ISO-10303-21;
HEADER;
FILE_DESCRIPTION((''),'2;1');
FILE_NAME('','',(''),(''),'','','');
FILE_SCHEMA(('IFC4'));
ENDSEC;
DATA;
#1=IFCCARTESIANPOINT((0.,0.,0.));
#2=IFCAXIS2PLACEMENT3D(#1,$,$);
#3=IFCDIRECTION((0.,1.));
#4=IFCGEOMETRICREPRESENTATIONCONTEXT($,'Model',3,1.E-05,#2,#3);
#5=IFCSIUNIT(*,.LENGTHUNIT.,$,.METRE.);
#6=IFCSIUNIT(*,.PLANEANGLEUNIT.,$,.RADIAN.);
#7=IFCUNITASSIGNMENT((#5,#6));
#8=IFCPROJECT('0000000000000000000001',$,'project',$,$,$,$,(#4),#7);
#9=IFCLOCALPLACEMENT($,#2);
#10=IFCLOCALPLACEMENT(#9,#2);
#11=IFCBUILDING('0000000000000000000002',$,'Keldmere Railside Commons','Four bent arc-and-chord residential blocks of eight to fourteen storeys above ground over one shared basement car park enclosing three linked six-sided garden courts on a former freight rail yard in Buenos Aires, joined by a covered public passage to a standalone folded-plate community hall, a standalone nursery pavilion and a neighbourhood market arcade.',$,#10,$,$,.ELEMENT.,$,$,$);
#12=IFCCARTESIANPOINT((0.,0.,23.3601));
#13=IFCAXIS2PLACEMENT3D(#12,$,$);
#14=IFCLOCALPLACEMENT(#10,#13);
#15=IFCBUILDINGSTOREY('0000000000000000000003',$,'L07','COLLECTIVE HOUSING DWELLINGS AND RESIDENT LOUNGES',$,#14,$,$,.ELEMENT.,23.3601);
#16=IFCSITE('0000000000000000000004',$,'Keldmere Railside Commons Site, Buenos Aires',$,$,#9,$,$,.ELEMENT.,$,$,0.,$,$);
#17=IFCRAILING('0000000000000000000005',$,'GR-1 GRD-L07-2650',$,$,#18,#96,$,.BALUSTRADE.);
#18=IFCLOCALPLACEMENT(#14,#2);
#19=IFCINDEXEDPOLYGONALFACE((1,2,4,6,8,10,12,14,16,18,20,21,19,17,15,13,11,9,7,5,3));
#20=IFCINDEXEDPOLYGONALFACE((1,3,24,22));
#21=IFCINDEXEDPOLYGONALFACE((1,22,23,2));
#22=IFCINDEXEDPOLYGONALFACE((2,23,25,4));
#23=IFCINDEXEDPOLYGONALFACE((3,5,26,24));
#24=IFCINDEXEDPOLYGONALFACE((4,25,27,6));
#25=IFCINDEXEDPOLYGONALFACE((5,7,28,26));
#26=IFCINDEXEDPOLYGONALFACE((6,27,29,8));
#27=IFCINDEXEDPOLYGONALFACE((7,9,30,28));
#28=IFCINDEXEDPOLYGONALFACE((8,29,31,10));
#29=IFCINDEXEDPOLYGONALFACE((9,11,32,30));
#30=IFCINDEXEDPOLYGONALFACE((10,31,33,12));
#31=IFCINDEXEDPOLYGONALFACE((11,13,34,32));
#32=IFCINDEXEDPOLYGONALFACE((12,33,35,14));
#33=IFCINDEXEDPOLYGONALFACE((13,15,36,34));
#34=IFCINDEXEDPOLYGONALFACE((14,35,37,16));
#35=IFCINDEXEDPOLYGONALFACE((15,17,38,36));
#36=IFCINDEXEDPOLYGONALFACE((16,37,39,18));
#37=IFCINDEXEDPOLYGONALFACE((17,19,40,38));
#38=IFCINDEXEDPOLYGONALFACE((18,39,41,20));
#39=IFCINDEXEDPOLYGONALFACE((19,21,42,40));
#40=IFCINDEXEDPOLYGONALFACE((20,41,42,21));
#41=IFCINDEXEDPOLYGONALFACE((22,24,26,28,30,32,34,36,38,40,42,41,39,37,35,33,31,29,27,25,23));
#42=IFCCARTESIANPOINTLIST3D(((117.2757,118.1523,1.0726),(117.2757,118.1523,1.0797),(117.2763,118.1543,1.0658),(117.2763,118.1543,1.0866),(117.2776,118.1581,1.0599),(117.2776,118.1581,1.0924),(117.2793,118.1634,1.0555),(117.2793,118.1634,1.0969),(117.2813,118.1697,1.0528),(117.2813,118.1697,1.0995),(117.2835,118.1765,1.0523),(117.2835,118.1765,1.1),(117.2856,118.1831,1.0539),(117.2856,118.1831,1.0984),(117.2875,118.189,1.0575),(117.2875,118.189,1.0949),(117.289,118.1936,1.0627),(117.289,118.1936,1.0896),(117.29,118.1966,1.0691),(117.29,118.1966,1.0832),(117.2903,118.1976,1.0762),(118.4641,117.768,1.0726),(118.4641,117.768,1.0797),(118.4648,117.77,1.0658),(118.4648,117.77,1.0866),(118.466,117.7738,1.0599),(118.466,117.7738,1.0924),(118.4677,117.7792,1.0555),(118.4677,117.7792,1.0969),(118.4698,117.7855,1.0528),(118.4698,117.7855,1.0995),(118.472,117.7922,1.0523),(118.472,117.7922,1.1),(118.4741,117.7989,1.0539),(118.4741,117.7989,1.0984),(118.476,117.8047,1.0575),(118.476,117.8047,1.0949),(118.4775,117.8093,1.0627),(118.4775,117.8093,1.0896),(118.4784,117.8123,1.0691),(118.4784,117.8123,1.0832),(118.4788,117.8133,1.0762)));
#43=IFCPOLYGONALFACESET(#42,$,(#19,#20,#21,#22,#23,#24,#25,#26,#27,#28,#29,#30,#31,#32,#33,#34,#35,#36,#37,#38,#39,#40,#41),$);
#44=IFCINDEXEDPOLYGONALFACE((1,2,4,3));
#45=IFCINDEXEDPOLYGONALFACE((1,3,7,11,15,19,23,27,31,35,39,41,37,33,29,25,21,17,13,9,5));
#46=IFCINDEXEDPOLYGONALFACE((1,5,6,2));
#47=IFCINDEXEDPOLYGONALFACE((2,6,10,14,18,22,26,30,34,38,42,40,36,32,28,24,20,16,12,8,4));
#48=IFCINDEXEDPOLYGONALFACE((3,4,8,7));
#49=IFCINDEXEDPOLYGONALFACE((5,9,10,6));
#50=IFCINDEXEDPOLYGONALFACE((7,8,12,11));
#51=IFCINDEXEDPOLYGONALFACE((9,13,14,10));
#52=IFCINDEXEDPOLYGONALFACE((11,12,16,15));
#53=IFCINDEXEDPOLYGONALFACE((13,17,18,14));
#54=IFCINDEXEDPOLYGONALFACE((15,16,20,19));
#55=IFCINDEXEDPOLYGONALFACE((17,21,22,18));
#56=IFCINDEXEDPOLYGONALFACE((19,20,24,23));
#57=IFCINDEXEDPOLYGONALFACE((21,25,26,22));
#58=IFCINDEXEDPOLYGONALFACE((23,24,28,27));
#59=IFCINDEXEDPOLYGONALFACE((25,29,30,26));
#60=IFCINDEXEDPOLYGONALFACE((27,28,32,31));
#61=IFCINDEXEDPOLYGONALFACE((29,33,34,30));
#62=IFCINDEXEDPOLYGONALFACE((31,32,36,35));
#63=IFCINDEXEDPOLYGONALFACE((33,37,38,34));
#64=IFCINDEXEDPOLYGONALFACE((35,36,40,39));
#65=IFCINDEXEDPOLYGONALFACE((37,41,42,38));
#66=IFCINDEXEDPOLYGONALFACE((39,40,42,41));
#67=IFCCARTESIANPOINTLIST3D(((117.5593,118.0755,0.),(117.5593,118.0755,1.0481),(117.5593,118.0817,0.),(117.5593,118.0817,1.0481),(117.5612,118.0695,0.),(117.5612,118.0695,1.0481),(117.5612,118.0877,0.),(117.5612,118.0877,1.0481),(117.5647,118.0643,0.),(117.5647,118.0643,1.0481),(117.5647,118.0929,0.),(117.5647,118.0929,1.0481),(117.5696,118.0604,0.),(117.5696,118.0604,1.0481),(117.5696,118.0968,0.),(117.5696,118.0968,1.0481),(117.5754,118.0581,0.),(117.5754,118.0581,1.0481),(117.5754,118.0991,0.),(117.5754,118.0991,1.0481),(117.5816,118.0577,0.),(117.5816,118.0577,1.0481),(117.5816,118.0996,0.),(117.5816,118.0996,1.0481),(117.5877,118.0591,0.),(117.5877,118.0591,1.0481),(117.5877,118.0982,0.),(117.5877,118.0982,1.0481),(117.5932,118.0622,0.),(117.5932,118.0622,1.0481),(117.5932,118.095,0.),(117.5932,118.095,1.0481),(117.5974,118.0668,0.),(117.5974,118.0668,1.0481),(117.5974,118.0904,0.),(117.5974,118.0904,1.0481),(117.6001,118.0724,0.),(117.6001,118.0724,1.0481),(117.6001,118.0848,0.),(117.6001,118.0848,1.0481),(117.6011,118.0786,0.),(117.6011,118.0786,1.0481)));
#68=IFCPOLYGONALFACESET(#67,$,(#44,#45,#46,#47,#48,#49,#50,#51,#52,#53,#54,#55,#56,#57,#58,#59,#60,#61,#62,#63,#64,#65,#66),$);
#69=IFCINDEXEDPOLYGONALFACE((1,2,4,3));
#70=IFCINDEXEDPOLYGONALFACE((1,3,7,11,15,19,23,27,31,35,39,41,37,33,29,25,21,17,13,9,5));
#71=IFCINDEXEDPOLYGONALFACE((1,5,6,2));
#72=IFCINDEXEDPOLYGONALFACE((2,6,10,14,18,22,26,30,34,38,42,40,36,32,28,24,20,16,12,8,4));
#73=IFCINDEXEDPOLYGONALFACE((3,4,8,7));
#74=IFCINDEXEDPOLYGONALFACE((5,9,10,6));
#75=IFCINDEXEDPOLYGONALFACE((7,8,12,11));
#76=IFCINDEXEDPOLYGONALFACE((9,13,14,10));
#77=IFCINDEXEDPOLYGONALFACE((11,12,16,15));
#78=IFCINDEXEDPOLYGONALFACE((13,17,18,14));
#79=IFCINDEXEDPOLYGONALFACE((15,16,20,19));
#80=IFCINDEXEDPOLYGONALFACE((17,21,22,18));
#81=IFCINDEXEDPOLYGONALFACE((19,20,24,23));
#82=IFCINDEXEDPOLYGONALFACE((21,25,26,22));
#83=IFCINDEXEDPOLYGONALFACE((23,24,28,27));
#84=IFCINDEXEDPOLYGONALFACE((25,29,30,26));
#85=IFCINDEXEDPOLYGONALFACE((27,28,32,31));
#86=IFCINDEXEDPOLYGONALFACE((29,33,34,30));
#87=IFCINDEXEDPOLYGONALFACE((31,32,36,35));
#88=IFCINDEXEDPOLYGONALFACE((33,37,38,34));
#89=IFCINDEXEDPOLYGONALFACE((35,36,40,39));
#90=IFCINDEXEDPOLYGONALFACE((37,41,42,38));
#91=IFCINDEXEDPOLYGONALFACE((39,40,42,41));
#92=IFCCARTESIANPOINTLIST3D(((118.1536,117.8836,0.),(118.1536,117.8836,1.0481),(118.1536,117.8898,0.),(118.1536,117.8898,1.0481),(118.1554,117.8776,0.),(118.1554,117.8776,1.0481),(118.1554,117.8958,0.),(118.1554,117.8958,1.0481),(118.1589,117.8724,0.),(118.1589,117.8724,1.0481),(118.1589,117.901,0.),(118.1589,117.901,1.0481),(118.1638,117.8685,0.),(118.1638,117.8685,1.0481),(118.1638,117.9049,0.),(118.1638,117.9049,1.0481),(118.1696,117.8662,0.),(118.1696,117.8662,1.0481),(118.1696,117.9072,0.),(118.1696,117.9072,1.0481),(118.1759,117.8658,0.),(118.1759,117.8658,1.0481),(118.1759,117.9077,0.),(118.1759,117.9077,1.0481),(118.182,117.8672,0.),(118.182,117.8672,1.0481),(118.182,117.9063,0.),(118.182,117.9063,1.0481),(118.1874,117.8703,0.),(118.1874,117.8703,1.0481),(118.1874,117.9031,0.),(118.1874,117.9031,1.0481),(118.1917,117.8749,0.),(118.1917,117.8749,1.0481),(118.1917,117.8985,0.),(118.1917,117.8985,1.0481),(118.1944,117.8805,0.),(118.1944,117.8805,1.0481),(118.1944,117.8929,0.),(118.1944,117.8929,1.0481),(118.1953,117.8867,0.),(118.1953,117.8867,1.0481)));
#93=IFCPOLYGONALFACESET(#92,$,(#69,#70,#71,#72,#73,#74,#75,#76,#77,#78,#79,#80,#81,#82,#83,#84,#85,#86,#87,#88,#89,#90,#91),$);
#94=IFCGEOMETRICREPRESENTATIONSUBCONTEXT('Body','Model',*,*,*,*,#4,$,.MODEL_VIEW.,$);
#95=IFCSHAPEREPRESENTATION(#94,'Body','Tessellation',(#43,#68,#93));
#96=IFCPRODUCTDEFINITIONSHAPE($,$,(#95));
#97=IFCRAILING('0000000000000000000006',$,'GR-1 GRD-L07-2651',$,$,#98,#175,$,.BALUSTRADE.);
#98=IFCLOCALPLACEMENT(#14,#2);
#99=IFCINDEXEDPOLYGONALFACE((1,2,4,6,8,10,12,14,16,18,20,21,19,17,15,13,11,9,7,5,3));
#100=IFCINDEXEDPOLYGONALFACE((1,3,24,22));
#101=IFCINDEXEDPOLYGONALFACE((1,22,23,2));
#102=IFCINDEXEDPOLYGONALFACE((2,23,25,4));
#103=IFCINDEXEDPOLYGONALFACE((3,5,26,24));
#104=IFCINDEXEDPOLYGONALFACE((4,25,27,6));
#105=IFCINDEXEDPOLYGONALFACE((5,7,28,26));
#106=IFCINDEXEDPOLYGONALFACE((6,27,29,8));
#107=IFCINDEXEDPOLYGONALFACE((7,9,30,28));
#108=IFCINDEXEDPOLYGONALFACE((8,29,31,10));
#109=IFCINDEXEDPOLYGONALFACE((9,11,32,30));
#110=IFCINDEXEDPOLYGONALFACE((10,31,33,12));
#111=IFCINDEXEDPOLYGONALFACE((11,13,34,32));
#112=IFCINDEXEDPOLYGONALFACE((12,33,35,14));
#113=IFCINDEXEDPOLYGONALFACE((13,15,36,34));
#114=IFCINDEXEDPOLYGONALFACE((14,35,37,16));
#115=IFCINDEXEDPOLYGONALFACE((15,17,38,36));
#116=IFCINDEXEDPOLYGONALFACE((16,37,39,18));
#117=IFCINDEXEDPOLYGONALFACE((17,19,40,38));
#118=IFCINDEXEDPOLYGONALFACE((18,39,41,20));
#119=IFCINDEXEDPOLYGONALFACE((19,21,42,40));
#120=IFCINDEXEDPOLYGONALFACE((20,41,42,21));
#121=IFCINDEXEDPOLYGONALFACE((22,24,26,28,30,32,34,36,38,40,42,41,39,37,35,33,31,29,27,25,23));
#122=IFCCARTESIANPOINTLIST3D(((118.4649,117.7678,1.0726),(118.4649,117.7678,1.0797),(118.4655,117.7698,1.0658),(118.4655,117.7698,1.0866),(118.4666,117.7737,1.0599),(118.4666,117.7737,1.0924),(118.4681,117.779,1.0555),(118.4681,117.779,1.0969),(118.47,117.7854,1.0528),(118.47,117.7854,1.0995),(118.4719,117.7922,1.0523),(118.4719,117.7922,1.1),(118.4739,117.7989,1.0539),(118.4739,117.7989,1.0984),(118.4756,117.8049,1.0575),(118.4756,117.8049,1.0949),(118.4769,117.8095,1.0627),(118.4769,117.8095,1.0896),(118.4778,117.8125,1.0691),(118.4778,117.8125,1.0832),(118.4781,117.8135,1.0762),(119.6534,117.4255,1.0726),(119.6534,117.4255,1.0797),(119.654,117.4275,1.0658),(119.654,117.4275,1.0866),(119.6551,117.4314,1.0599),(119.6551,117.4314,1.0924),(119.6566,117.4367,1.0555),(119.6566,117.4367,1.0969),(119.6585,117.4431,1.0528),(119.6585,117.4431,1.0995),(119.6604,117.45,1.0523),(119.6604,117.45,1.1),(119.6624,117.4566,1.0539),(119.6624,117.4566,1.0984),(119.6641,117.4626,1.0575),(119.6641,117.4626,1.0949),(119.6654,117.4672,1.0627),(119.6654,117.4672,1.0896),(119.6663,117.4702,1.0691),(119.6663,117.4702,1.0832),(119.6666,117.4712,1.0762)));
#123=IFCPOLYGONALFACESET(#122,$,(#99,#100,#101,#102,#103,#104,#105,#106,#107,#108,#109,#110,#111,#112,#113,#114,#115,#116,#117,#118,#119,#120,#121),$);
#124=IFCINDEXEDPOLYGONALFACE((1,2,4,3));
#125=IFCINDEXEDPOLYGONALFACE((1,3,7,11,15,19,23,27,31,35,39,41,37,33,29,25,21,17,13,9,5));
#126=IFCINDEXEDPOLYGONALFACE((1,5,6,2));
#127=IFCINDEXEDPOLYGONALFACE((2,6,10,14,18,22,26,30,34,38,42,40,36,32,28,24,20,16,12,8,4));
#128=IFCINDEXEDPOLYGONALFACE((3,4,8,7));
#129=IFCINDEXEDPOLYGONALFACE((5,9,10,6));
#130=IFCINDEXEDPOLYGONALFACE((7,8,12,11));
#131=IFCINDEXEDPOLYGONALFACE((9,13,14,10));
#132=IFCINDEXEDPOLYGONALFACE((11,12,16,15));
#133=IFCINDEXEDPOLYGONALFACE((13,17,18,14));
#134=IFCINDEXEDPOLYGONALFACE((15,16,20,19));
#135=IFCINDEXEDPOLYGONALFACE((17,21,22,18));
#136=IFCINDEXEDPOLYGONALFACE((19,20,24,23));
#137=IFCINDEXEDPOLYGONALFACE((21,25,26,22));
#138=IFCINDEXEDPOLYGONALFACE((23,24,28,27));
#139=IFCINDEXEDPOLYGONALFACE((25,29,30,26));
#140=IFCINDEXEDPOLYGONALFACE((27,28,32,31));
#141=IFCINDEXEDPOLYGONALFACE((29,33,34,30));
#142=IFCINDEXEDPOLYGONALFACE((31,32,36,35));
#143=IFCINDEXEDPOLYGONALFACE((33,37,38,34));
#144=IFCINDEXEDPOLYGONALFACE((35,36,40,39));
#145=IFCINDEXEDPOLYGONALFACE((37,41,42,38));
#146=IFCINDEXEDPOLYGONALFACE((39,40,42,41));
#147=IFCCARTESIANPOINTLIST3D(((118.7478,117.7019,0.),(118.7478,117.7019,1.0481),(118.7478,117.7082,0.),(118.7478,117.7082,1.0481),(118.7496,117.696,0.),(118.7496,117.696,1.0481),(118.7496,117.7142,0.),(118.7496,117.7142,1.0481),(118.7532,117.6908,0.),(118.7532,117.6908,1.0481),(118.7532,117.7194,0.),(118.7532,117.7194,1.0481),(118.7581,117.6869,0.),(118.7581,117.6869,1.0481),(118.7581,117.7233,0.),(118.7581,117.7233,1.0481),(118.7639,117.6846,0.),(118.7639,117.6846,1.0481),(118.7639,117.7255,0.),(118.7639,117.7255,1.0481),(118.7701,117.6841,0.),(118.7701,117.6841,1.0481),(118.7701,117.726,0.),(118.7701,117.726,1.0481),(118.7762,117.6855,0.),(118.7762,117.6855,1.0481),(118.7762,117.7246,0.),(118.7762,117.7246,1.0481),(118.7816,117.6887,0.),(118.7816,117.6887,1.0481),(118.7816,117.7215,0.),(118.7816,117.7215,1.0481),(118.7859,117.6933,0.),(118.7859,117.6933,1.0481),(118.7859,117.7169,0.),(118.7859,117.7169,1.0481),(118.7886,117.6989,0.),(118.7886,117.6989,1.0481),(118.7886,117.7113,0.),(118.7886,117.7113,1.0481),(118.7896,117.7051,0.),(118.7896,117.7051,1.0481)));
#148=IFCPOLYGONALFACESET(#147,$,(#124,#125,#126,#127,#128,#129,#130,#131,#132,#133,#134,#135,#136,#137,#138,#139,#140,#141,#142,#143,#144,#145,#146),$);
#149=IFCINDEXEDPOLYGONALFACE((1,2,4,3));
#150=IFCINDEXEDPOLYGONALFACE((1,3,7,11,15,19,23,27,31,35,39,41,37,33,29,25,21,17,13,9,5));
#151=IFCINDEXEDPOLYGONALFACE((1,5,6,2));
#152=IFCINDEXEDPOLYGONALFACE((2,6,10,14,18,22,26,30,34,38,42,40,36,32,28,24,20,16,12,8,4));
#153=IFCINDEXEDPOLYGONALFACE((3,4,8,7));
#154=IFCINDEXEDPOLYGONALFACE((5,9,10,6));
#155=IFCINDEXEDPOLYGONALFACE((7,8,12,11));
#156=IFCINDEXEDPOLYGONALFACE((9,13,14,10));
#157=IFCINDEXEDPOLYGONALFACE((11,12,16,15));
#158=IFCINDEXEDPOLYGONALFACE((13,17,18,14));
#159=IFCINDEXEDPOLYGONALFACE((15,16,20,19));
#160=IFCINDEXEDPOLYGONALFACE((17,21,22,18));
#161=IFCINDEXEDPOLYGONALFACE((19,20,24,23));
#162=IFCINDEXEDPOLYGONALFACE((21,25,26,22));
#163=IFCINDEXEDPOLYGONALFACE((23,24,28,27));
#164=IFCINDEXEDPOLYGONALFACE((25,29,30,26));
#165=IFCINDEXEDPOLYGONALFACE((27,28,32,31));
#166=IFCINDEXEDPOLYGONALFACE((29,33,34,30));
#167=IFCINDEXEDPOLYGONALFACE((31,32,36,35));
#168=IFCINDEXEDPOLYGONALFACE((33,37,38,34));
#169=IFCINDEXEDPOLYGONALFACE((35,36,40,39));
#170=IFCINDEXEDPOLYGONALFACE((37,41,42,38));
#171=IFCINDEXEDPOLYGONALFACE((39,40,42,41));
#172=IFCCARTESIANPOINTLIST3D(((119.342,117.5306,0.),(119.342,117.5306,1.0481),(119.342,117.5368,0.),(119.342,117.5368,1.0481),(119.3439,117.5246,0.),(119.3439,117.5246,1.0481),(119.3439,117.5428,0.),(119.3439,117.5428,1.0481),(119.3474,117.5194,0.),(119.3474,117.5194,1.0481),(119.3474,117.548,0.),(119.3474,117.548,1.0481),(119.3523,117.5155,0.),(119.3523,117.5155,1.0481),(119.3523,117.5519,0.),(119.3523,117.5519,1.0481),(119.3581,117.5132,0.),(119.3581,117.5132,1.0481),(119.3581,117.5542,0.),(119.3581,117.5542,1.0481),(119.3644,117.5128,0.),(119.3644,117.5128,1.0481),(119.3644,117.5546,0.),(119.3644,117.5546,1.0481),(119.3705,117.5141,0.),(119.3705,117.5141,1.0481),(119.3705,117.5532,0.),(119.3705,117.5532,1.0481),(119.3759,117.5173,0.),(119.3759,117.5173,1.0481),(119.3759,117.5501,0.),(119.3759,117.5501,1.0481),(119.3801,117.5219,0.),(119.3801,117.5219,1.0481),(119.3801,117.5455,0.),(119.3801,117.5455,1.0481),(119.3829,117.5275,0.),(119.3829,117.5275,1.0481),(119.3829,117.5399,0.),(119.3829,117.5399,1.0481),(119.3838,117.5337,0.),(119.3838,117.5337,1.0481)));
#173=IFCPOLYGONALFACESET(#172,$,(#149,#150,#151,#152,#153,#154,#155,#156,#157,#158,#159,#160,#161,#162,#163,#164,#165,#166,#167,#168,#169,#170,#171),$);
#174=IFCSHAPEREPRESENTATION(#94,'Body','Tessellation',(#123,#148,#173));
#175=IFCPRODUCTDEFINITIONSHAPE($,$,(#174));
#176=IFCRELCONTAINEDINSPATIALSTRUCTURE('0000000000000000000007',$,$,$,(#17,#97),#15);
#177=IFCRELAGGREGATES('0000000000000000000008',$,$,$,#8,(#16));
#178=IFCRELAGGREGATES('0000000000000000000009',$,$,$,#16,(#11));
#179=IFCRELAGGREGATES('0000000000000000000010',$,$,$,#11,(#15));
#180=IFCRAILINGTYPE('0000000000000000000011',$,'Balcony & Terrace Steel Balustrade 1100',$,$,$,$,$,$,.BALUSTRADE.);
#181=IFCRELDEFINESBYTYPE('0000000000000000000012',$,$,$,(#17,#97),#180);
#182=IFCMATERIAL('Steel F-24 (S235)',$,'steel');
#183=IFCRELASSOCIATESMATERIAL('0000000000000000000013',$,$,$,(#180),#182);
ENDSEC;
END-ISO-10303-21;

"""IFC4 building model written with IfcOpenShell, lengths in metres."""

from ifc_helpers import new_model, si_unit, direction, frame, origin, origin_2d, place, context, subcontext, project, spatial, circle, extrude, material, type_object, element, save


model = new_model("IFC4")

# Units and contexts
model_context = context("Model", 3, precision=1e-05, world=origin(), true_north=direction((0.0, 1.0)))
body_context = subcontext(model_context, "Body", "Model", "MODEL_VIEW")
ifc_project = project(units=[si_unit("LENGTHUNIT", "METRE"), si_unit("PLANEANGLEUNIT", "RADIAN")], contexts=[model_context])

# Site, building, storey
site_placement = place(None, origin())
site = spatial("IfcSite", under=ifc_project, at=site_placement, Name="Keldmere Railside Commons Site, Buenos Aires", CompositionType="ELEMENT", RefElevation=0.0)
building_placement = place(site_placement, origin())
building = spatial("IfcBuilding", under=site, at=building_placement, Name="Keldmere Railside Commons", Description="Four bent arc-and-chord residential blocks of eight to fourteen storeys above ground over one shared basement car park enclosing three linked six-sided garden courts on a former freight rail yard in Buenos Aires, joined by a covered public passage to a standalone folded-plate community hall, a standalone nursery pavilion and a neighbourhood market arcade.", CompositionType="ELEMENT")
storey_placement = place(building_placement, frame((0.0, 0.0, 23.3601)))
storey = spatial("IfcBuildingStorey", under=building, at=storey_placement, Name="L07", Description="COLLECTIVE HOUSING DWELLINGS AND RESIDENT LOUNGES", CompositionType="ELEMENT", Elevation=23.3601)

# Shared definitions
ifc_material_1 = material(Name="Steel F-24 (S235)", Category="steel")

# Railings
railing_type = type_object("IfcRailingType", Name="Balcony & Terrace Steel Balustrade 1100", PredefinedType="BALUSTRADE", material=ifc_material_1)
railing_1_placement = place(storey_placement, frame((117.283, 118.1748, 0.0)))
element("IfcRailing", 1, at=railing_1_placement, inside=storey, type_object=railing_type, Name="GR-1 GRD-L07-2650", PredefinedType="BALUSTRADE", context=body_context, shape_type="SweptSolid", body=[
    extrude(circle(Radius=0.0239, at=origin_2d()), frame((0.0, 0.0, 1.0762), z_axis=(0.951498, -0.307654, 0.0), x_axis=(0.307654, 0.951498, 0.0)), (0.0, 0.0, 1.0), 1.249),
    extrude(circle(Radius=0.021, at=origin_2d()), frame((0.2971, -0.0962, 0.0)), (0.0, 0.0, 1.0), 1.0481),
    extrude(circle(Radius=0.021, at=origin_2d()), frame((0.8914, -0.2881, 0.0)), (0.0, 0.0, 1.0), 1.0481),
])
railing_2_placement = place(storey_placement, frame((118.4714, 117.7905, 0.0)))
element("IfcRailing", 2, at=railing_2_placement, inside=storey, type_object=railing_type, Name="GR-1 GRD-L07-2651", PredefinedType="BALUSTRADE", context=body_context, shape_type="SweptSolid", body=[
    extrude(circle(Radius=0.0239, at=origin_2d()), frame((0.0, 0.0, 1.0762), z_axis=(0.960941, -0.276754, 0.0), x_axis=(0.276754, 0.960941, 0.0)), (0.0, 0.0, 1.0), 1.2368),
    extrude(circle(Radius=0.021, at=origin_2d()), frame((0.2971, -0.0854, 0.0)), (0.0, 0.0, 1.0), 1.0481),
    extrude(circle(Radius=0.021, at=origin_2d()), frame((0.8914, -0.2568, 0.0)), (0.0, 0.0, 1.0), 1.0481),
])

save(model, "model.ifc")
